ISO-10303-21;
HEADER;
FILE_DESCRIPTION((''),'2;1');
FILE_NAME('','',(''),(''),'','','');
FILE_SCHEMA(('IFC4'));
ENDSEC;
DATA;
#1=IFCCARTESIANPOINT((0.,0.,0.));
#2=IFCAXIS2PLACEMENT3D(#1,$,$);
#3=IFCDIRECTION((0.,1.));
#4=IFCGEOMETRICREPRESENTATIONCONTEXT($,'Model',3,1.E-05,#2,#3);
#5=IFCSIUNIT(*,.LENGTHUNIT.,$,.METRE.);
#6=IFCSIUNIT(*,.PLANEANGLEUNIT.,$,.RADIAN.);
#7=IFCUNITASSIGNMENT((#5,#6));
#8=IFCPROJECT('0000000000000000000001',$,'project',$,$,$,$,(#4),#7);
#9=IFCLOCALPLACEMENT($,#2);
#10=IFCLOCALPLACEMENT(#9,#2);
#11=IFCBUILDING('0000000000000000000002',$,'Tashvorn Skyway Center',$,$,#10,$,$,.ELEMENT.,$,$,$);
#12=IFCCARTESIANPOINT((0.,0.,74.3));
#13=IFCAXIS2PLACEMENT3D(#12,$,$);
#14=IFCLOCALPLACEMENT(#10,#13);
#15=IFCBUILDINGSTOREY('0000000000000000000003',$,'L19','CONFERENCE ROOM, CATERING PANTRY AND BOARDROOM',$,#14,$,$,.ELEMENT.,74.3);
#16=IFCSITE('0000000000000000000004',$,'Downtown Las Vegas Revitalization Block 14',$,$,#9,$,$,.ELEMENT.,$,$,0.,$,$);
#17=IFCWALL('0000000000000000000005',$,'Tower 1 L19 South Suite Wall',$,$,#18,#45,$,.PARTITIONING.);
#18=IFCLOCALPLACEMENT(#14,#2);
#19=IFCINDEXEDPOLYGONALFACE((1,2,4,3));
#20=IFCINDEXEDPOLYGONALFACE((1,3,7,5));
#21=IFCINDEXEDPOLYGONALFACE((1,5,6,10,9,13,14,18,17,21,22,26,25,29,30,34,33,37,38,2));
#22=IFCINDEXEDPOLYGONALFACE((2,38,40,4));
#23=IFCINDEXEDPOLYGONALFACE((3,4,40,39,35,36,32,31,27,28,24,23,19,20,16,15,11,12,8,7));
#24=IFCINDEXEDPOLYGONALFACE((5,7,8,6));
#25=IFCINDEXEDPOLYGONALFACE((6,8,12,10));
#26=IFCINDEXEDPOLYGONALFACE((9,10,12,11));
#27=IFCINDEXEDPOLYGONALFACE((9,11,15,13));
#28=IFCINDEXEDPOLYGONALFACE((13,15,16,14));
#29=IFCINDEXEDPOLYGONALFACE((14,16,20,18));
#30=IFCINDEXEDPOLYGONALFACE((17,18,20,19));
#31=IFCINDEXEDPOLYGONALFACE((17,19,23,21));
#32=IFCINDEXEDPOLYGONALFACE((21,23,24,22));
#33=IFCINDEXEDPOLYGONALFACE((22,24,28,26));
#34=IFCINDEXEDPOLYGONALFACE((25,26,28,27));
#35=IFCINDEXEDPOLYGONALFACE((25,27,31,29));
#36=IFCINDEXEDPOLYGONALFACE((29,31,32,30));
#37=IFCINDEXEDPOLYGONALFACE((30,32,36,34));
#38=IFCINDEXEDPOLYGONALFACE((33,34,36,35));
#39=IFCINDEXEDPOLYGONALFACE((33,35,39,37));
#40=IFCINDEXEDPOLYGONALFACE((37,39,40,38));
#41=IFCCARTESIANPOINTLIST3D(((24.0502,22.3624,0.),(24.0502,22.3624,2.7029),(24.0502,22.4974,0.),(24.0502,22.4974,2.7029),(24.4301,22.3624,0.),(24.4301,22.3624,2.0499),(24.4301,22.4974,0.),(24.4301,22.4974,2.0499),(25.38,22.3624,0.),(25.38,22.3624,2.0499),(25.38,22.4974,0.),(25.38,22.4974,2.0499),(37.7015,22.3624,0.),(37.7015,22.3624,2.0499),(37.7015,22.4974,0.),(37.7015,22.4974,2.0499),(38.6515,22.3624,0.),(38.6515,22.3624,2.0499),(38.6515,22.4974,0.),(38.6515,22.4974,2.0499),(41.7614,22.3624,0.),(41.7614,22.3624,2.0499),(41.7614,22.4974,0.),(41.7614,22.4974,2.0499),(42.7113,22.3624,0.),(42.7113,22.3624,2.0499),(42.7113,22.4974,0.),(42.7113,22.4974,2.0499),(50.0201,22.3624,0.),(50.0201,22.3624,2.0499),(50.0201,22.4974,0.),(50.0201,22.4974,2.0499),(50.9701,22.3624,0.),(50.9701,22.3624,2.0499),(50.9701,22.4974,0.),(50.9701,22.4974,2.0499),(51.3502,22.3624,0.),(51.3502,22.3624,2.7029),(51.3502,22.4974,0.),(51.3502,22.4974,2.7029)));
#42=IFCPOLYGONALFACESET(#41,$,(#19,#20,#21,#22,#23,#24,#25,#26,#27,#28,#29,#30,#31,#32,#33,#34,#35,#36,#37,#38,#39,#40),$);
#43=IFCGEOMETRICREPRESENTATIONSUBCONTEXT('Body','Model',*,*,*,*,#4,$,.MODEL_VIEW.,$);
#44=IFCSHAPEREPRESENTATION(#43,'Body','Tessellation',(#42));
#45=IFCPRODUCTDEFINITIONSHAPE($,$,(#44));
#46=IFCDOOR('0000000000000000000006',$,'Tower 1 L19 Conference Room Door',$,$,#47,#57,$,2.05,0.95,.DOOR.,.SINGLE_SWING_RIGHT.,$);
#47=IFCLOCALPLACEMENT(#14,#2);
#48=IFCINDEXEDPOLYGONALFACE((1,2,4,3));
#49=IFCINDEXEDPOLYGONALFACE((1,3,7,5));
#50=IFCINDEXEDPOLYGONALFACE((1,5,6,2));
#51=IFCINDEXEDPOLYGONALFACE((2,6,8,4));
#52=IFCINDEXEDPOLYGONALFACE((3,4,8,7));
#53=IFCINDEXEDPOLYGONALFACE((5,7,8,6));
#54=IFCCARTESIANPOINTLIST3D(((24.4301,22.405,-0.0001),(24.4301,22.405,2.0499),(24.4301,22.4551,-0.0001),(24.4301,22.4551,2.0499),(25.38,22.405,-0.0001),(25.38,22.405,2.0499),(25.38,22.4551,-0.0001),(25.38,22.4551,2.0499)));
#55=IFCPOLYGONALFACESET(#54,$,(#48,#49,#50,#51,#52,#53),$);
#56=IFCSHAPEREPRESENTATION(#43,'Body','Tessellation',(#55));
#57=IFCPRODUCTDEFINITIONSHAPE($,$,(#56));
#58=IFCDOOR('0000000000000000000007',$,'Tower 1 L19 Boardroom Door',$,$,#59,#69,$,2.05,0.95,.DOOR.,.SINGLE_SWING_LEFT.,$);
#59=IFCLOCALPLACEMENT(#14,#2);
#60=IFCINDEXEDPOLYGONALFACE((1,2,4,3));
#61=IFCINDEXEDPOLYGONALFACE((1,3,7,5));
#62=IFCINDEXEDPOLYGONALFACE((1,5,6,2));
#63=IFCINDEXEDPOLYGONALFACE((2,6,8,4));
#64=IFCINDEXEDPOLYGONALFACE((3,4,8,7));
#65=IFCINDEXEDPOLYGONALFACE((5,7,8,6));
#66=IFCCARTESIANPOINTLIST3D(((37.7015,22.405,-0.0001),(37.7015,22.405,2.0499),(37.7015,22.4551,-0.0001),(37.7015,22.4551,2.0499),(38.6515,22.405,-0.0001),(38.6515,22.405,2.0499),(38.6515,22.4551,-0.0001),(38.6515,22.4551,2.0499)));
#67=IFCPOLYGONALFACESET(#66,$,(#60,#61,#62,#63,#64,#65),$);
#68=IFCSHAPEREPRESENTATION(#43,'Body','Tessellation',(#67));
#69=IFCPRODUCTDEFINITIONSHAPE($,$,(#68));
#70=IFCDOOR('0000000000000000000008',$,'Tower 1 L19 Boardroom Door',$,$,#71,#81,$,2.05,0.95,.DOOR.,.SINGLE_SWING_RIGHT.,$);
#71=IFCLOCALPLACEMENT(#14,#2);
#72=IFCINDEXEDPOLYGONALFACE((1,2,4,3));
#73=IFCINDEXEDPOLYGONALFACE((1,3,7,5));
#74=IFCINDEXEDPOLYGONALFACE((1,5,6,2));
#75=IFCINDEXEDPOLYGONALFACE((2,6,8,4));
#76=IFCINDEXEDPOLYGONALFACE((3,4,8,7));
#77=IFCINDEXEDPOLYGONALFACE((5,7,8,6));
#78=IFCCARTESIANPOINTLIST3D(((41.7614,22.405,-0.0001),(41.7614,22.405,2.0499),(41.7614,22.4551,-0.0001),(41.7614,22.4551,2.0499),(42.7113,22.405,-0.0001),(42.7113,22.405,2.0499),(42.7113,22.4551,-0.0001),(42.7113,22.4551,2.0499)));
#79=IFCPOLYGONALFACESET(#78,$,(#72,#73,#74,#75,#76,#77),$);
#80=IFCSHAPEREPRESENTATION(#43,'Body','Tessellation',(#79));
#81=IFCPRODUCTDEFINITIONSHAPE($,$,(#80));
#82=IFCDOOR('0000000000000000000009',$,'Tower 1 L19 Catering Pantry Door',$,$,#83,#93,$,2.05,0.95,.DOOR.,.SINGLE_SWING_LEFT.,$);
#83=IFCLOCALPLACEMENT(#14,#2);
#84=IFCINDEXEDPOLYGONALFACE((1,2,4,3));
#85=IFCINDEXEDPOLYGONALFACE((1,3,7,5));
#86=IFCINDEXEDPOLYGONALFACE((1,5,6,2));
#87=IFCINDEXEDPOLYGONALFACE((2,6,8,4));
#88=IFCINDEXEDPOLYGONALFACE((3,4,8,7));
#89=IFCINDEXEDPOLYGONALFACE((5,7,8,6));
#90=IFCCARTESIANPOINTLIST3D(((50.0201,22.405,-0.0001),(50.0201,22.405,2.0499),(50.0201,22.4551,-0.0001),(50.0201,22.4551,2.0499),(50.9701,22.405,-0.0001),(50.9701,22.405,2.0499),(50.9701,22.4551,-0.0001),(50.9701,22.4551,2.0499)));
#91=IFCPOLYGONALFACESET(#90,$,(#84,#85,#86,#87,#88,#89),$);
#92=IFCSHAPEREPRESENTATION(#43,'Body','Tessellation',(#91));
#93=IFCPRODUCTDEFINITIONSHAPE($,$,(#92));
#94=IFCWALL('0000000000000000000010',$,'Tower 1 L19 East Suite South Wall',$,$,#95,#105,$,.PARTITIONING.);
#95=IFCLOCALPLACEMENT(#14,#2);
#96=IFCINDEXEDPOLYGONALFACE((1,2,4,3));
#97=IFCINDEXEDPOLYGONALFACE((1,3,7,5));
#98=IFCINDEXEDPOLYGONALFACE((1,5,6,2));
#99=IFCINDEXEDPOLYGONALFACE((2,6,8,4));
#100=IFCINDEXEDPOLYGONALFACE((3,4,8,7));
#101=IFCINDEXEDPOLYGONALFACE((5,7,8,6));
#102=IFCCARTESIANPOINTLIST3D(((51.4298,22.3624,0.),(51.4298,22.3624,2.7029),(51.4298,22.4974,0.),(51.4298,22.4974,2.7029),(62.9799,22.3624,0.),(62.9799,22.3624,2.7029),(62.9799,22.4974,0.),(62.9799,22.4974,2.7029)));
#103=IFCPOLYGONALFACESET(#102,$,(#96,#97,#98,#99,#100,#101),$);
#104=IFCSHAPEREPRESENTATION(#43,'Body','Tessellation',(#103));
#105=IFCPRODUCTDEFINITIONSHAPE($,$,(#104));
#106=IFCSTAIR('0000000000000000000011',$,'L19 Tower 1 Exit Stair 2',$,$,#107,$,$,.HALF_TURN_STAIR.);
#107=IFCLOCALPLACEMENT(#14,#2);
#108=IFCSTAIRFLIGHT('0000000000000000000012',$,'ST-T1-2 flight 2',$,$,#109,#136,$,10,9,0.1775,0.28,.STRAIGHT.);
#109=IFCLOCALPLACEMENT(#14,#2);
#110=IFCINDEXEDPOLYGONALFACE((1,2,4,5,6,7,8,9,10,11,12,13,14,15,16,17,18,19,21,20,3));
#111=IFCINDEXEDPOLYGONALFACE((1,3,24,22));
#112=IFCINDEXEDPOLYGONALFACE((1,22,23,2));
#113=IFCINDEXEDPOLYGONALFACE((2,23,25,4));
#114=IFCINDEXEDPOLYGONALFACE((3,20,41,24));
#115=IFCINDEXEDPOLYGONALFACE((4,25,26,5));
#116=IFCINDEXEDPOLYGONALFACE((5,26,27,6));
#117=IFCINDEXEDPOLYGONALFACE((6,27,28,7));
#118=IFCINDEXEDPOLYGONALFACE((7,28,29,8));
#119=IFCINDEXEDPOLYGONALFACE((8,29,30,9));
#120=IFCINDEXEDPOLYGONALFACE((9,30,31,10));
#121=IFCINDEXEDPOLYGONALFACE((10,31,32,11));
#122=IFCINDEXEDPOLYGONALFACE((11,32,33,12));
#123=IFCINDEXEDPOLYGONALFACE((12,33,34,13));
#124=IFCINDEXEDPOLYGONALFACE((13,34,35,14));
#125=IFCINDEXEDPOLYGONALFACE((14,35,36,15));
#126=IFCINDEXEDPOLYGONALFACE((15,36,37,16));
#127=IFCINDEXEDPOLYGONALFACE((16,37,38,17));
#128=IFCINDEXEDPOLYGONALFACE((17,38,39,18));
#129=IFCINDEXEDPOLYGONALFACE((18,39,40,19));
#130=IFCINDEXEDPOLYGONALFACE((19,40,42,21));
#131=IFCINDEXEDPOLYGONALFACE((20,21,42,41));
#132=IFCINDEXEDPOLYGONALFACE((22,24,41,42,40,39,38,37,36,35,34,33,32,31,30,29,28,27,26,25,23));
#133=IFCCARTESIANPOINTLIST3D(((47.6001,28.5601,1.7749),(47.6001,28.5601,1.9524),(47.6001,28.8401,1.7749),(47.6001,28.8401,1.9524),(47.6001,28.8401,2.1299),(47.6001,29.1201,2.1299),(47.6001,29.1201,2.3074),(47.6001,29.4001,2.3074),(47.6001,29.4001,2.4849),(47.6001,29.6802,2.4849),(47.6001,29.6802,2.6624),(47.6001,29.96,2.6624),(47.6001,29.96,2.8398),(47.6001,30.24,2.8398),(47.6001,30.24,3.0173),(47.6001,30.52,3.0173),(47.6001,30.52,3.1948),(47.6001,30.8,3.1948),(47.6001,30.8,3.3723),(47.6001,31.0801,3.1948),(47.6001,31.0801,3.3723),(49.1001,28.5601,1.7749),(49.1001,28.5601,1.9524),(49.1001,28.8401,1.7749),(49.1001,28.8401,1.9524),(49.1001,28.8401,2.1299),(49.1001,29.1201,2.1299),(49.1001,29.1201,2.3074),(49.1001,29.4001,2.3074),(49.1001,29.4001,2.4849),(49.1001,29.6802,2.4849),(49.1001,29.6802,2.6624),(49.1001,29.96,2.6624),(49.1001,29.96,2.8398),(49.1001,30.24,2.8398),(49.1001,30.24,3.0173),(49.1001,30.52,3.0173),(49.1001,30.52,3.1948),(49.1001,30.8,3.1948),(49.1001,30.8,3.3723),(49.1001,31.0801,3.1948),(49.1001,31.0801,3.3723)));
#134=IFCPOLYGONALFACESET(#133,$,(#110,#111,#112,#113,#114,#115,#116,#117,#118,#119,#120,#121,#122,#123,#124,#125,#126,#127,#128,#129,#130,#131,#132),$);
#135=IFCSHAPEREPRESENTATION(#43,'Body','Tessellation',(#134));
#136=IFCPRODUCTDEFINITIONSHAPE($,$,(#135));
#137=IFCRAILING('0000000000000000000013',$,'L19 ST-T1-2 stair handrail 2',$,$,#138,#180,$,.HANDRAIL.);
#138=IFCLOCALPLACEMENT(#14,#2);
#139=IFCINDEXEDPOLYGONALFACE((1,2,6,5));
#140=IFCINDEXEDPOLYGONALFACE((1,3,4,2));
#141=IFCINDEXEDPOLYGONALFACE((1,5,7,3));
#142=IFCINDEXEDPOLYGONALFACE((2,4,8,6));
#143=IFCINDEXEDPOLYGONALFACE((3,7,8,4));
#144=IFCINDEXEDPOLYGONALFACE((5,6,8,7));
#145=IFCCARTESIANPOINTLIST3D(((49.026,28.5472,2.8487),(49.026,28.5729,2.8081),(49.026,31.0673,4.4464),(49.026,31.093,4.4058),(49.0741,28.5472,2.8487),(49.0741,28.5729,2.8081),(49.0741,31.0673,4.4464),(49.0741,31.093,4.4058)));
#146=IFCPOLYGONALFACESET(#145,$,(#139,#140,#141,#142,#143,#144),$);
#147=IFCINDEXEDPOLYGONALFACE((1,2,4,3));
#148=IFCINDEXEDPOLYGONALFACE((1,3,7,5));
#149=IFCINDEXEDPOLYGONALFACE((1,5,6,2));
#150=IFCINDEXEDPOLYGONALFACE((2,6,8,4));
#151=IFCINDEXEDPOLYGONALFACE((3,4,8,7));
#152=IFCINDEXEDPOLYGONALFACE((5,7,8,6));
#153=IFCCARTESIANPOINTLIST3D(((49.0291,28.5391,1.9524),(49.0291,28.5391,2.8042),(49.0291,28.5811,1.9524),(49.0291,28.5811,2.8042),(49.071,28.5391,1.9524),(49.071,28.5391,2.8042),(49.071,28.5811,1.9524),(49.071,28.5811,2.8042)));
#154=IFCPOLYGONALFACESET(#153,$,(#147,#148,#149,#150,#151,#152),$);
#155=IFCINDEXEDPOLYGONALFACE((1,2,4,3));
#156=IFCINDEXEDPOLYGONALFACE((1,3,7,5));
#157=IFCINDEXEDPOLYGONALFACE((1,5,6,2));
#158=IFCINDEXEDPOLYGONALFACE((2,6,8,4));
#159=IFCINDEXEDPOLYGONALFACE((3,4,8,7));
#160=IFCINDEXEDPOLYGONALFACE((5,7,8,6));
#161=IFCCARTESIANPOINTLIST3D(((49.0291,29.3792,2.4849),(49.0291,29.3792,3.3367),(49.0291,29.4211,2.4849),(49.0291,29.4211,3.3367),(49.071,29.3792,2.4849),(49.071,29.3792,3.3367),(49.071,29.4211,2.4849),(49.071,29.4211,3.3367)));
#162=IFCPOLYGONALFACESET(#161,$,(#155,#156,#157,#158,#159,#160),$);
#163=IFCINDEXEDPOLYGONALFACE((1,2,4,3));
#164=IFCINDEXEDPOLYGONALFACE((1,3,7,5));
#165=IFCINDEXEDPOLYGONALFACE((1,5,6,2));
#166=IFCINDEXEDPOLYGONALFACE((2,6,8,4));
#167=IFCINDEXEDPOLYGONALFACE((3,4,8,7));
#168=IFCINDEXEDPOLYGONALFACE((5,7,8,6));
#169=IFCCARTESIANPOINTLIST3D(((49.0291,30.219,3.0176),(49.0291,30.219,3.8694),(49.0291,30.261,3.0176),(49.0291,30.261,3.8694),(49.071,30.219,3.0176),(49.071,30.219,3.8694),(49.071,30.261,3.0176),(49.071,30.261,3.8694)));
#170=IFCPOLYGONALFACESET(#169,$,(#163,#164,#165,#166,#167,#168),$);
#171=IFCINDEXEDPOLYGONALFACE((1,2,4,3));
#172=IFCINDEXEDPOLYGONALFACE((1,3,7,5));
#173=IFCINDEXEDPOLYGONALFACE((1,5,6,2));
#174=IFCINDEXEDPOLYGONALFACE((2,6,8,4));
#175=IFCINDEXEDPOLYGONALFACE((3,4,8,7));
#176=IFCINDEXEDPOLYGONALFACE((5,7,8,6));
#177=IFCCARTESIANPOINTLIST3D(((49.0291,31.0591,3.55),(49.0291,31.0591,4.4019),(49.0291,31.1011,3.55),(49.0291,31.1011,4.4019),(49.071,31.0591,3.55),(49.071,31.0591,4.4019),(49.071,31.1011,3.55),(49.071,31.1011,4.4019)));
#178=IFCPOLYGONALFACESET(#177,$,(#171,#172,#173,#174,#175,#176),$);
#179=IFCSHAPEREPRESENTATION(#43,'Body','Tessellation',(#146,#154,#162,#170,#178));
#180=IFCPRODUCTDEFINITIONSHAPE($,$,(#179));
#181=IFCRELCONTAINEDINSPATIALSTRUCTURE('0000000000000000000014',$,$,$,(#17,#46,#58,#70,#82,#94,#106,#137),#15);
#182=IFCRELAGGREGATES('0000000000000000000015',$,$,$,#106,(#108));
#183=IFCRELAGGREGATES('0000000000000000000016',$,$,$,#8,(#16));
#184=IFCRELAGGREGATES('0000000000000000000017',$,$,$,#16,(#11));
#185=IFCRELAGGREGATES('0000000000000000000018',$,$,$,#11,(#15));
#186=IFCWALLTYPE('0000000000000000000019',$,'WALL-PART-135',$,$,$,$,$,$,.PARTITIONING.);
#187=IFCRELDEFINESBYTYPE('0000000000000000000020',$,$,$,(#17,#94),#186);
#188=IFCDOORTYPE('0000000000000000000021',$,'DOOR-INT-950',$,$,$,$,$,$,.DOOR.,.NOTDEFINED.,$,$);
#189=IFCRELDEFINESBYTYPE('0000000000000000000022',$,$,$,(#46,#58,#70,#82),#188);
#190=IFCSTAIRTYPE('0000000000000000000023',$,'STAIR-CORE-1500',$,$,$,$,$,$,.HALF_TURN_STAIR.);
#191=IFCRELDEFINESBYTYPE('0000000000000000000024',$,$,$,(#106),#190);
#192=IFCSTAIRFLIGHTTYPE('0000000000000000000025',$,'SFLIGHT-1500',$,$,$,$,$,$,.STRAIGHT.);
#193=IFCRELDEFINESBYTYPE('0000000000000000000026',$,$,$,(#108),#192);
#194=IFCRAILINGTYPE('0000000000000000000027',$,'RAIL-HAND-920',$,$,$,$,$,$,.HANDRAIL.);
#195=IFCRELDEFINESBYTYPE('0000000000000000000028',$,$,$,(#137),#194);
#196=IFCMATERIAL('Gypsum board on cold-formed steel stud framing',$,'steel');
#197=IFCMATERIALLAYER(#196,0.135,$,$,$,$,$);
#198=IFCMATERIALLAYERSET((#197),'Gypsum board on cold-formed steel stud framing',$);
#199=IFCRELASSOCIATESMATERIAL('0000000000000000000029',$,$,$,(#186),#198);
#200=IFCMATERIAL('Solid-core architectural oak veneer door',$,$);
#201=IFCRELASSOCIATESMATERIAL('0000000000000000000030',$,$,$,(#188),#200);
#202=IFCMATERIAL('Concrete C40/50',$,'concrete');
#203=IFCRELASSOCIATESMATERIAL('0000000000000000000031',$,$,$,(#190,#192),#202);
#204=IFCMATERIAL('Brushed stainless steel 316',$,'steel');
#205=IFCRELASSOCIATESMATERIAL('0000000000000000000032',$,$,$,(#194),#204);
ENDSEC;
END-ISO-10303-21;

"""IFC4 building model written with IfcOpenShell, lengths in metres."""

from ifc_helpers import new_model, si_unit, direction, frame, frame_2d, origin, origin_2d, place, context, subcontext, project, spatial, polyline, rectangle, outline, extrude, material, layer, layer_set, type_object, element, fill, aggregate, save


model = new_model("IFC4")

# Units and contexts
model_context = context("Model", 3, precision=1e-05, world=origin(), true_north=direction((0.0, 1.0)))
body_context = subcontext(model_context, "Body", "Model", "MODEL_VIEW")
ifc_project = project(units=[si_unit("LENGTHUNIT", "METRE"), si_unit("PLANEANGLEUNIT", "RADIAN")], contexts=[model_context])

# Site, building, storey
site_placement = place(None, origin())
site = spatial("IfcSite", under=ifc_project, at=site_placement, Name="Downtown Las Vegas Revitalization Block 14", CompositionType="ELEMENT", RefElevation=0.0)
building_placement = place(site_placement, origin())
building = spatial("IfcBuilding", under=site, at=building_placement, Name="Tashvorn Skyway Center", CompositionType="ELEMENT")
storey_placement = place(building_placement, frame((0.0, 0.0, 74.3)))
storey = spatial("IfcBuildingStorey", under=building, at=storey_placement, Name="L19", Description="CONFERENCE ROOM, CATERING PANTRY AND BOARDROOM", CompositionType="ELEMENT", Elevation=74.3)

# Wall, openings, doors
ifc_material_1 = material(Name="Gypsum board on cold-formed steel stud framing", Category="steel")
ifc_layer_1 = layer(ifc_material_1, 0.135)
ifc_layer_set_1 = layer_set([ifc_layer_1], Name="Gypsum board on cold-formed steel stud framing")
wall_type_1 = type_object("IfcWallType", Name="WALL-PART-135", PredefinedType="PARTITIONING", material=ifc_layer_set_1)
wall_1_placement = place(storey_placement, frame((51.3501, 22.4299, 0.0), z_axis=(0.0, 0.0, 1.0), x_axis=(-1.0, 0.0, 0.0)))
wall_1 = element("IfcWall", 1, at=wall_1_placement, inside=storey, type_object=wall_type_1, Name="Tower 1 L19 South Suite Wall", PredefinedType="PARTITIONING", context=body_context, shape_type="SweptSolid", body=[
    extrude(rectangle(XDim=27.3, YDim=0.135, at=frame_2d((13.6499, 0.0))), origin(), (0.0, 0.0, 1.0), 2.7029),
])
opening_1_placement = place(wall_1_placement, frame((25.97, 0.0, 0.0)))
opening_1 = element("IfcOpeningElement", 2, at=opening_1_placement, cuts=wall_1, PredefinedType="OPENING", context=body_context, shape_type="SweptSolid", body=[
    extrude(rectangle(XDim=0.95, YDim=2.05, at=frame_2d((0.4751, 1.0249))), frame((0.0, 0.0774, 0.0), z_axis=(0.0, -1.0, 0.0), x_axis=(1.0, 0.0, 0.0)), (0.0, 0.0, 1.0), 0.155),
])
opening_2_placement = place(wall_1_placement, frame((12.6985, 0.0, 0.0)))
opening_2 = element("IfcOpeningElement", 3, at=opening_2_placement, cuts=wall_1, PredefinedType="OPENING", context=body_context, shape_type="SweptSolid", body=[
    extrude(rectangle(XDim=0.95, YDim=2.05, at=frame_2d((0.4751, 1.0249))), frame((0.0, 0.0774, 0.0), z_axis=(0.0, -1.0, 0.0), x_axis=(1.0, 0.0, 0.0)), (0.0, 0.0, 1.0), 0.155),
])
opening_3_placement = place(wall_1_placement, frame((8.6387, 0.0, 0.0)))
opening_3 = element("IfcOpeningElement", 4, at=opening_3_placement, cuts=wall_1, PredefinedType="OPENING", context=body_context, shape_type="SweptSolid", body=[
    extrude(rectangle(XDim=0.95, YDim=2.05, at=frame_2d((0.4751, 1.0249))), frame((0.0, 0.0774, 0.0), z_axis=(0.0, -1.0, 0.0), x_axis=(1.0, 0.0, 0.0)), (0.0, 0.0, 1.0), 0.155),
])
opening_4_placement = place(wall_1_placement, frame((0.3799, 0.0, 0.0)))
opening_4 = element("IfcOpeningElement", 5, at=opening_4_placement, cuts=wall_1, PredefinedType="OPENING", context=body_context, shape_type="SweptSolid", body=[
    extrude(rectangle(XDim=0.95, YDim=2.05, at=frame_2d((0.4751, 1.0249))), frame((0.0, 0.0774, 0.0), z_axis=(0.0, -1.0, 0.0), x_axis=(1.0, 0.0, 0.0)), (0.0, 0.0, 1.0), 0.155),
])
ifc_material_2 = material(Name="Solid-core architectural oak veneer door")
door_type_1 = type_object("IfcDoorType", Name="DOOR-INT-950", OperationType="NOTDEFINED", PredefinedType="DOOR", material=ifc_material_2)
door_1_placement = place(opening_1_placement, origin())
door_1 = element("IfcDoor", 6, at=door_1_placement, inside=storey, type_object=door_type_1, Name="Tower 1 L19 Conference Room Door", OperationType="SINGLE_SWING_RIGHT", OverallHeight=2.05, OverallWidth=0.95, PredefinedType="DOOR", context=body_context, shape_type="SweptSolid", body=[
    extrude(rectangle(XDim=0.95, YDim=2.05, at=frame_2d((0.4751, 1.0249))), frame((0.0, 0.0249, 0.0), z_axis=(0.0, -1.0, 0.0), x_axis=(1.0, 0.0, 0.0)), (0.0, 0.0, 1.0), 0.05),
])
fill(opening_1, door_1)
door_2_placement = place(opening_2_placement, origin())
door_2 = element("IfcDoor", 7, at=door_2_placement, inside=storey, type_object=door_type_1, Name="Tower 1 L19 Boardroom Door", OperationType="SINGLE_SWING_LEFT", OverallHeight=2.05, OverallWidth=0.95, PredefinedType="DOOR", context=body_context, shape_type="SweptSolid", body=[
    extrude(rectangle(XDim=0.95, YDim=2.05, at=frame_2d((0.4751, 1.0249))), frame((0.0, 0.0249, 0.0), z_axis=(0.0, -1.0, 0.0), x_axis=(1.0, 0.0, 0.0)), (0.0, 0.0, 1.0), 0.05),
])
fill(opening_2, door_2)
door_3_placement = place(opening_3_placement, origin())
door_3 = element("IfcDoor", 8, at=door_3_placement, inside=storey, type_object=door_type_1, Name="Tower 1 L19 Boardroom Door", OperationType="SINGLE_SWING_RIGHT", OverallHeight=2.05, OverallWidth=0.95, PredefinedType="DOOR", context=body_context, shape_type="SweptSolid", body=[
    extrude(rectangle(XDim=0.95, YDim=2.05, at=frame_2d((0.4751, 1.0249))), frame((0.0, 0.0249, 0.0), z_axis=(0.0, -1.0, 0.0), x_axis=(1.0, 0.0, 0.0)), (0.0, 0.0, 1.0), 0.05),
])
fill(opening_3, door_3)
door_4_placement = place(opening_4_placement, origin())
door_4 = element("IfcDoor", 9, at=door_4_placement, inside=storey, type_object=door_type_1, Name="Tower 1 L19 Catering Pantry Door", OperationType="SINGLE_SWING_LEFT", OverallHeight=2.05, OverallWidth=0.95, PredefinedType="DOOR", context=body_context, shape_type="SweptSolid", body=[
    extrude(rectangle(XDim=0.95, YDim=2.05, at=frame_2d((0.4751, 1.0249))), frame((0.0, 0.0249, 0.0), z_axis=(0.0, -1.0, 0.0), x_axis=(1.0, 0.0, 0.0)), (0.0, 0.0, 1.0), 0.05),
])
fill(opening_4, door_4)

# Wall
wall_2_placement = place(storey_placement, frame((51.4299, 22.4299, 0.0), z_axis=(0.0, 0.0, 1.0), x_axis=(1.0, 0.0, 0.0)))
element("IfcWall", 10, at=wall_2_placement, inside=storey, type_object=wall_type_1, Name="Tower 1 L19 East Suite South Wall", PredefinedType="PARTITIONING", context=body_context, shape_type="SweptSolid", body=[
    extrude(rectangle(XDim=11.55, YDim=0.135, at=frame_2d((5.7749, 0.0))), origin(), (0.0, 0.0, 1.0), 2.7029),
])

# Stair, stair flight
ifc_material_3 = material(Name="Concrete C40/50", Category="concrete")
stair_type = type_object("IfcStairType", Name="STAIR-CORE-1500", PredefinedType="HALF_TURN_STAIR", material=ifc_material_3)
stair_placement = place(storey_placement, origin())
stair = element("IfcStair", 11, at=stair_placement, inside=storey, type_object=stair_type, Name="L19 Tower 1 Exit Stair 2", PredefinedType="HALF_TURN_STAIR")
stair_flight_type = type_object("IfcStairFlightType", Name="SFLIGHT-1500", PredefinedType="STRAIGHT", material=ifc_material_3)
stair_flight_placement = place(storey_placement, frame((48.3501, 28.5601, 1.7749), z_axis=(0.0, 0.0, 1.0), x_axis=(0.0, 1.0, 0.0)))
stair_flight = element("IfcStairFlight", 12, at=stair_flight_placement, type_object=stair_flight_type, Name="ST-T1-2 flight 2", NumberOfRisers=10, NumberOfTreads=9, PredefinedType="STRAIGHT", RiserHeight=0.1775, TreadLength=0.28, context=body_context, shape_type="SweptSolid", body=[
    extrude(outline(polyline([(0.0, 0.0), (0.0, 0.1775), (0.28, 0.1775), (0.28, 0.355), (0.5601, 0.355), (0.5601, 0.5325), (0.8401, 0.5325), (0.8401, 0.71), (1.1201, 0.71), (1.1201, 0.8875), (1.3999, 0.8875), (1.3999, 1.0649), (1.6799, 1.0649), (1.6799, 1.2424), (1.96, 1.2424), (1.96, 1.4199), (2.24, 1.4199), (2.24, 1.5974), (2.52, 1.5974), (2.52, 1.7749), (2.52, 1.4199), (0.28, 0.0), (0.0, 0.0)])), frame((0.0, 0.75, 0.0), z_axis=(0.0, -1.0, 0.0), x_axis=(1.0, 0.0, 0.0)), (0.0, 0.0, 1.0), 1.5),
])
aggregate(stair, [stair_flight])

# Railing
ifc_material_4 = material(Name="Brushed stainless steel 316", Category="steel")
railing_type_1 = type_object("IfcRailingType", Name="RAIL-HAND-920", PredefinedType="HANDRAIL", material=ifc_material_4)
railing_1_placement = place(storey_placement, frame((49.05, 28.5601, 1.9524)))
element("IfcRailing", 13, at=railing_1_placement, inside=storey, type_object=railing_type_1, Name="L19 ST-T1-2 stair handrail 2", PredefinedType="HANDRAIL", context=body_context, shape_type="SweptSolid", body=[
    extrude(rectangle(XDim=0.0481, YDim=0.0481, at=origin_2d()), frame((0.0, 0.0, 0.876), z_axis=(0.0, 0.84457, 0.535445), x_axis=(-1.0, 0.0, 0.0)), (0.0, 0.0, 1.0), 2.9839),
    extrude(rectangle(XDim=0.042, YDim=0.042, at=origin_2d()), origin(), (0.0, 0.0, 1.0), 0.8518),
    extrude(rectangle(XDim=0.042, YDim=0.042, at=origin_2d()), frame((0.0, 0.8401, 0.5325)), (0.0, 0.0, 1.0), 0.8518),
    extrude(rectangle(XDim=0.042, YDim=0.042, at=origin_2d()), frame((0.0, 1.6799, 1.0652)), (0.0, 0.0, 1.0), 0.8518),
    extrude(rectangle(XDim=0.042, YDim=0.042, at=origin_2d()), frame((0.0, 2.52, 1.5977)), (0.0, 0.0, 1.0), 0.8518),
])

save(model, "model.ifc")
